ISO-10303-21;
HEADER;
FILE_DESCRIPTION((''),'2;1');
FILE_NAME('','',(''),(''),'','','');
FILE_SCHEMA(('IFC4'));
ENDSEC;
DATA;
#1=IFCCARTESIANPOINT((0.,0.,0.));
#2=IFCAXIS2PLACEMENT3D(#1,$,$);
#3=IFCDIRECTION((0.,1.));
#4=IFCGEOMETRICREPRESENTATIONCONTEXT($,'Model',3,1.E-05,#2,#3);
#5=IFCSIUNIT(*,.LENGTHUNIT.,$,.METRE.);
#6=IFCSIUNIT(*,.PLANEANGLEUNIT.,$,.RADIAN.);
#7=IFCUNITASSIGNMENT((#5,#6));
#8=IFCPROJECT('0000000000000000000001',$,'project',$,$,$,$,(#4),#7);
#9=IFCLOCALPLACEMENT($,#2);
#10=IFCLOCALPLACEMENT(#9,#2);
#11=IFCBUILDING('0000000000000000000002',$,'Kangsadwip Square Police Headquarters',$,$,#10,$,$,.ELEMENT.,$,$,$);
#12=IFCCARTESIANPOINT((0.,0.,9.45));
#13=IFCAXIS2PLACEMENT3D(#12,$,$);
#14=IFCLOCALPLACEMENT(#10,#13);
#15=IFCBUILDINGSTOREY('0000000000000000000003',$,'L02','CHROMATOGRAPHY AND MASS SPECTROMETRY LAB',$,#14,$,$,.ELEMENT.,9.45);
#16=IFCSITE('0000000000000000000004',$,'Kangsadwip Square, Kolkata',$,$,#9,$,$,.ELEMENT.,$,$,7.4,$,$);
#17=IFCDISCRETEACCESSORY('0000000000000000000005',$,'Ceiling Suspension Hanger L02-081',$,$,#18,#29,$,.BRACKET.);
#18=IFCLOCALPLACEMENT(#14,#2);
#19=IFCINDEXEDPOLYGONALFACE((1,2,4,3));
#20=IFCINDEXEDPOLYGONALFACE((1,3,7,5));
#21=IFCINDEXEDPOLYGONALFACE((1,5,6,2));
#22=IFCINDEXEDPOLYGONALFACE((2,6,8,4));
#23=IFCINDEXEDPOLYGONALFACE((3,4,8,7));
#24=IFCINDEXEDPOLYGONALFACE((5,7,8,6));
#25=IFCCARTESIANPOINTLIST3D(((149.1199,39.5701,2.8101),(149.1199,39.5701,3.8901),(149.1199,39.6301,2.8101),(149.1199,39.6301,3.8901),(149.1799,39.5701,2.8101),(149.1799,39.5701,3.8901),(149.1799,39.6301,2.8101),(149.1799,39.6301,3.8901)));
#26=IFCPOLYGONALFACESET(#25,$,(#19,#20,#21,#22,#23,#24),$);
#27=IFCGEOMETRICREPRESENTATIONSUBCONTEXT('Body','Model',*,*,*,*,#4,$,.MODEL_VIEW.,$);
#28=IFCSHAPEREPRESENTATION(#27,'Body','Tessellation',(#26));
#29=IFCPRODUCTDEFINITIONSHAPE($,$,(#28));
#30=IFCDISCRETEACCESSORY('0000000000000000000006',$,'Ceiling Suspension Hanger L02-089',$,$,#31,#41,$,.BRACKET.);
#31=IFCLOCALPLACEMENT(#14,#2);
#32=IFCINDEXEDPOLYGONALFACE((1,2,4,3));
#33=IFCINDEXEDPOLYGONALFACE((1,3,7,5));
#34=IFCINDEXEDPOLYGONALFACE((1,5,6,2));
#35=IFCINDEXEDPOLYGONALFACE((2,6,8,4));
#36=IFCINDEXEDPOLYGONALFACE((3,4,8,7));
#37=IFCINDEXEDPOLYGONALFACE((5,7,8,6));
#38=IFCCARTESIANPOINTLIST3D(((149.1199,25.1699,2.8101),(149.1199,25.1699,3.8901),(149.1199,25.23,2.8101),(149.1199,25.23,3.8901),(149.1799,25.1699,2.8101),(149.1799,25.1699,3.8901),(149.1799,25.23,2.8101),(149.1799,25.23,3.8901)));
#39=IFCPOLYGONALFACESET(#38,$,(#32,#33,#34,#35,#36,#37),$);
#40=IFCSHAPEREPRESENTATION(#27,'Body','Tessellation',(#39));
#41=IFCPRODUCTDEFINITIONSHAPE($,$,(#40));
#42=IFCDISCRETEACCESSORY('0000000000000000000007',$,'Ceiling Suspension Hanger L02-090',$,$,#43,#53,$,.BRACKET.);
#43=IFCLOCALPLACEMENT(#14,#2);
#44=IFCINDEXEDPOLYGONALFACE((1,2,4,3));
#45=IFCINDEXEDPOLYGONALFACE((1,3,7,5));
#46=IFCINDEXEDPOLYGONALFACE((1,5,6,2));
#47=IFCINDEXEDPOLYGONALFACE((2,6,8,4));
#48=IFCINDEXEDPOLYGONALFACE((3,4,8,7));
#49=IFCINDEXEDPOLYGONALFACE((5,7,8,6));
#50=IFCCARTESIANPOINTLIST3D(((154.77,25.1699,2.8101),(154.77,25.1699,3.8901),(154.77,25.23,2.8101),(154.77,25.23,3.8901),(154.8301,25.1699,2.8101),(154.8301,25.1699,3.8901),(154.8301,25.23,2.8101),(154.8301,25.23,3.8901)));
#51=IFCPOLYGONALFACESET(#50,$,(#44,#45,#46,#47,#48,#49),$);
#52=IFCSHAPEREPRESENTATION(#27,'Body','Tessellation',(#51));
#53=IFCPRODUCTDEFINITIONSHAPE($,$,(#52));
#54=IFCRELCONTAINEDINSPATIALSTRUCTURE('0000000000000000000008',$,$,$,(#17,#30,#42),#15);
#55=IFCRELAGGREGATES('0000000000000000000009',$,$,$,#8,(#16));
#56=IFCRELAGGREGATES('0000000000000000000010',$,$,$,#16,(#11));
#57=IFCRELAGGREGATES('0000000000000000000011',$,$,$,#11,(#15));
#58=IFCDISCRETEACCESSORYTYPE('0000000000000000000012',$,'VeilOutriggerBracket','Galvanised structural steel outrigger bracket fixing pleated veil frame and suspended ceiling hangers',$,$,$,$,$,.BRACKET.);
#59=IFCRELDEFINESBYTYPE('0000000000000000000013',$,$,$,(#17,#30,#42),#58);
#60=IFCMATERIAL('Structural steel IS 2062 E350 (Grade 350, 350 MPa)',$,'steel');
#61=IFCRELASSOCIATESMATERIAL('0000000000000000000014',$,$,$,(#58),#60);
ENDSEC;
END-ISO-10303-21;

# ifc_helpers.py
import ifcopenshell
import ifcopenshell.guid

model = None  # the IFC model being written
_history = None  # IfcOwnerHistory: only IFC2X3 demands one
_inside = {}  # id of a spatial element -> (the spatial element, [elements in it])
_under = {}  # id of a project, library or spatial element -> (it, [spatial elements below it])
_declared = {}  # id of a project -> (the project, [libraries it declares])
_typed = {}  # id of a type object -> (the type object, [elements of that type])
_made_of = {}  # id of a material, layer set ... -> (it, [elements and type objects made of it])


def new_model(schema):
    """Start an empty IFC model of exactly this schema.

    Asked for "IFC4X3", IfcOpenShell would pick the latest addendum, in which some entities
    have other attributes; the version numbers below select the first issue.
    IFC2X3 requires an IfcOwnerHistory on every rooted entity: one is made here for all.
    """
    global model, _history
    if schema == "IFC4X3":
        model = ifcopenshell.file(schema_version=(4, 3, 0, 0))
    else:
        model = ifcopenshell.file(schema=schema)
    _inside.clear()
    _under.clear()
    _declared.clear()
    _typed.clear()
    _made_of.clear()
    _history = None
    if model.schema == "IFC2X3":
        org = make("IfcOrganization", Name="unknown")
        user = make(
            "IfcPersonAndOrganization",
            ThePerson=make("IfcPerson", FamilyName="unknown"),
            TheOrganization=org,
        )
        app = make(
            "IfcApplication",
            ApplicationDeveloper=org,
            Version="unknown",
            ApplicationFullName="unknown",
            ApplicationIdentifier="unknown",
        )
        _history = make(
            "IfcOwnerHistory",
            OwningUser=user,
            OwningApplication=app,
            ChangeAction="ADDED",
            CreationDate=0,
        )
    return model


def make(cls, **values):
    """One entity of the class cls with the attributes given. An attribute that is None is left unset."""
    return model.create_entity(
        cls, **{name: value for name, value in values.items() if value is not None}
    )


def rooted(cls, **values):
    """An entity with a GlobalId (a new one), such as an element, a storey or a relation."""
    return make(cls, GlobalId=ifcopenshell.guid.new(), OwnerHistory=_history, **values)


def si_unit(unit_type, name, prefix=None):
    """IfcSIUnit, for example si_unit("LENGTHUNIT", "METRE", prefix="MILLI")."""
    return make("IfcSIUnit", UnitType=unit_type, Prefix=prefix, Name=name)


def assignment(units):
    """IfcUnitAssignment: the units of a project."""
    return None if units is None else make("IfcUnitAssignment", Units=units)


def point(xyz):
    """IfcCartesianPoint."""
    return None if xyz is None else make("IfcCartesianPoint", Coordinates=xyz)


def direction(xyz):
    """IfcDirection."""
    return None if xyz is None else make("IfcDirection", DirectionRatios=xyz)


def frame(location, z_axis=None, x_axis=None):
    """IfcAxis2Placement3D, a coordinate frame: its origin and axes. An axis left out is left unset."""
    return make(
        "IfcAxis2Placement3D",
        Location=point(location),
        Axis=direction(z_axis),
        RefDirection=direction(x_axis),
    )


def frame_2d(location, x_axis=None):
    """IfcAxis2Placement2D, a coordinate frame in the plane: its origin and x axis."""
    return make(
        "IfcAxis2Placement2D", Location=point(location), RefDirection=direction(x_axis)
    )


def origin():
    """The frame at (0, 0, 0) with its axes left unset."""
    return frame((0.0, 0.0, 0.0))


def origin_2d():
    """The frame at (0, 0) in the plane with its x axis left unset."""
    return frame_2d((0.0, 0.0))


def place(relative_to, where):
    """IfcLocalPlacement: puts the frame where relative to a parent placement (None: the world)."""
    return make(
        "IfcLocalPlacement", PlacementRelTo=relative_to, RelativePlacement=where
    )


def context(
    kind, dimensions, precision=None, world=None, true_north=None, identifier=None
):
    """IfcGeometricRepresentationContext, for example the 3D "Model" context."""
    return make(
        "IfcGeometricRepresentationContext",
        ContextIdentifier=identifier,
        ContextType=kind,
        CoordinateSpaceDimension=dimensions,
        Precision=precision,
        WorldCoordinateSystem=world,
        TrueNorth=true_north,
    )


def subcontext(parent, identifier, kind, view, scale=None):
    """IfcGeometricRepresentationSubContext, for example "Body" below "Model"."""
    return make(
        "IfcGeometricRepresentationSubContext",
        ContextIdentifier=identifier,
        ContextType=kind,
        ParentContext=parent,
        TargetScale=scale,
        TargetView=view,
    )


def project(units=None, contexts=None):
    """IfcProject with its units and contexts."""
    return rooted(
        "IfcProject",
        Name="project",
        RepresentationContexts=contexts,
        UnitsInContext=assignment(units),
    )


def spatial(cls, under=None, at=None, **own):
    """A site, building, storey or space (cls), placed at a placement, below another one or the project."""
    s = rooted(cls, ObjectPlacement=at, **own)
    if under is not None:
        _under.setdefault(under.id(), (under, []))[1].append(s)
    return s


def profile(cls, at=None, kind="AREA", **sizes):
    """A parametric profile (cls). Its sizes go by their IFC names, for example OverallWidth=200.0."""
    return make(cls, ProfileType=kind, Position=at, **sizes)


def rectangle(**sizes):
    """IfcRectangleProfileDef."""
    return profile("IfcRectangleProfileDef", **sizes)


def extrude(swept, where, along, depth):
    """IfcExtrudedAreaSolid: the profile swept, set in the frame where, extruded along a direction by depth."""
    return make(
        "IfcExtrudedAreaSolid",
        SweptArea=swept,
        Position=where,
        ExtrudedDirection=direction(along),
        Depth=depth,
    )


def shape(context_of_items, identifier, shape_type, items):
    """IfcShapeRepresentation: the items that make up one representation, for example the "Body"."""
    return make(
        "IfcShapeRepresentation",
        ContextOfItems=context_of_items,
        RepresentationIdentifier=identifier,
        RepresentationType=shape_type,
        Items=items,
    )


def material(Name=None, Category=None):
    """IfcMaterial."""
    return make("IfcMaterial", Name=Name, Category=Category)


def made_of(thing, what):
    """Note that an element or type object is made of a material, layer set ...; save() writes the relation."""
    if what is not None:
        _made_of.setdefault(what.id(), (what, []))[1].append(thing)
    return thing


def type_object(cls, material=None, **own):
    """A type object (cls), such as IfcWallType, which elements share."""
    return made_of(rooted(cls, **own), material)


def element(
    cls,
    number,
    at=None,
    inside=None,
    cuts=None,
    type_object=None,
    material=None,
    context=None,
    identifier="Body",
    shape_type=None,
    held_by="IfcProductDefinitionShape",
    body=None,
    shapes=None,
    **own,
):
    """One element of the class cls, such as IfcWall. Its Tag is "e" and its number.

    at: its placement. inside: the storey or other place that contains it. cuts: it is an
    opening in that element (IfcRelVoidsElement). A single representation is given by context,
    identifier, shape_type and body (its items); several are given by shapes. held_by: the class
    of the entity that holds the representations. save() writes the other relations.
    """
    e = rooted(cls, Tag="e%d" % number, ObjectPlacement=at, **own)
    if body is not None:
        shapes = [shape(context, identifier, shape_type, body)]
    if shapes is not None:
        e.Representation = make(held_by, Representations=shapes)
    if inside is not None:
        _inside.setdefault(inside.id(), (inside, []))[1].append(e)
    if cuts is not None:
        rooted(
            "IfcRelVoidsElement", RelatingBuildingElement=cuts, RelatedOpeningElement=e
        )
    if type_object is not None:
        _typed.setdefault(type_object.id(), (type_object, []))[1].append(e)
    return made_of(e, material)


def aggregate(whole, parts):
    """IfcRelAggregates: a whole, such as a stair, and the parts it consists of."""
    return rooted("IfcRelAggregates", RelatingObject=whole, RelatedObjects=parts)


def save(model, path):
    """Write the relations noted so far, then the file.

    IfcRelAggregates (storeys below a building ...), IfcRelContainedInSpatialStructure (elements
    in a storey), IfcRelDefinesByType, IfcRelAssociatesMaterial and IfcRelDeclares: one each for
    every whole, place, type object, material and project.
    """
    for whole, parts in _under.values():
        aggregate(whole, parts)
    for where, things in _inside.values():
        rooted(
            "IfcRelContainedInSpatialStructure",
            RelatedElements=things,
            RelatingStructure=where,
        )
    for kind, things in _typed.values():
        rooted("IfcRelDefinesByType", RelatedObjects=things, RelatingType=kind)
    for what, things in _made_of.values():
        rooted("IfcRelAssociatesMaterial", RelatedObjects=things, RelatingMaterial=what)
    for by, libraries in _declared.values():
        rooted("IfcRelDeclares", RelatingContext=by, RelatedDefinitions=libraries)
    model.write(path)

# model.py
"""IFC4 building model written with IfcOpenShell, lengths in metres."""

from ifc_helpers import new_model, si_unit, direction, frame, origin, origin_2d, place, context, subcontext, project, spatial, rectangle, extrude, material, type_object, element, save


model = new_model("IFC4")

# Units and contexts
model_context = context("Model", 3, precision=1e-05, world=origin(), true_north=direction((0.0, 1.0)))
body_context = subcontext(model_context, "Body", "Model", "MODEL_VIEW")
ifc_project = project(units=[si_unit("LENGTHUNIT", "METRE"), si_unit("PLANEANGLEUNIT", "RADIAN")], contexts=[model_context])

# Site, building, storey
site_placement = place(None, origin())
site = spatial("IfcSite", under=ifc_project, at=site_placement, Name="Kangsadwip Square, Kolkata", CompositionType="ELEMENT", RefElevation=7.4)
building_placement = place(site_placement, origin())
building = spatial("IfcBuilding", under=site, at=building_placement, Name="Kangsadwip Square Police Headquarters", CompositionType="ELEMENT")
storey_placement = place(building_placement, frame((0.0, 0.0, 9.45)))
storey = spatial("IfcBuildingStorey", under=building, at=storey_placement, Name="L02", Description="CHROMATOGRAPHY AND MASS SPECTROMETRY LAB", CompositionType="ELEMENT", Elevation=9.45)

# Discrete accessories
ifc_material_1 = material(Name="Structural steel IS 2062 E350 (Grade 350, 350 MPa)", Category="steel")
discrete_accessory_type = type_object("IfcDiscreteAccessoryType", Name="VeilOutriggerBracket", Description="Galvanised structural steel outrigger bracket fixing pleated veil frame and suspended ceiling hangers", PredefinedType="BRACKET", material=ifc_material_1)
for number, where, z_axis, x_axis, name in (
    (1, (149.1499, 39.6001, 2.8101), (0.0, 0.0, 1.0), (1.0, 0.0, 0.0), "Ceiling Suspension Hanger L02-081"),
    (2, (149.1499, 25.2, 2.8101), (0.0, 0.0, 1.0), (1.0, 0.0, 0.0), "Ceiling Suspension Hanger L02-089"),
    (3, (154.8, 25.2, 2.8101), (0.0, 0.0, 1.0), (1.0, 0.0, 0.0), "Ceiling Suspension Hanger L02-090"),
):
    element("IfcDiscreteAccessory", number, at=place(storey_placement, frame(where, z_axis=z_axis, x_axis=x_axis)), inside=storey, type_object=discrete_accessory_type, Name=name, PredefinedType="BRACKET", context=body_context, shape_type="SweptSolid", body=[
        extrude(rectangle(XDim=0.0601, YDim=0.0601, at=origin_2d()), origin(), (0.0, 0.0, 1.0), 1.0801),
    ])

save(model, "model.ifc")
